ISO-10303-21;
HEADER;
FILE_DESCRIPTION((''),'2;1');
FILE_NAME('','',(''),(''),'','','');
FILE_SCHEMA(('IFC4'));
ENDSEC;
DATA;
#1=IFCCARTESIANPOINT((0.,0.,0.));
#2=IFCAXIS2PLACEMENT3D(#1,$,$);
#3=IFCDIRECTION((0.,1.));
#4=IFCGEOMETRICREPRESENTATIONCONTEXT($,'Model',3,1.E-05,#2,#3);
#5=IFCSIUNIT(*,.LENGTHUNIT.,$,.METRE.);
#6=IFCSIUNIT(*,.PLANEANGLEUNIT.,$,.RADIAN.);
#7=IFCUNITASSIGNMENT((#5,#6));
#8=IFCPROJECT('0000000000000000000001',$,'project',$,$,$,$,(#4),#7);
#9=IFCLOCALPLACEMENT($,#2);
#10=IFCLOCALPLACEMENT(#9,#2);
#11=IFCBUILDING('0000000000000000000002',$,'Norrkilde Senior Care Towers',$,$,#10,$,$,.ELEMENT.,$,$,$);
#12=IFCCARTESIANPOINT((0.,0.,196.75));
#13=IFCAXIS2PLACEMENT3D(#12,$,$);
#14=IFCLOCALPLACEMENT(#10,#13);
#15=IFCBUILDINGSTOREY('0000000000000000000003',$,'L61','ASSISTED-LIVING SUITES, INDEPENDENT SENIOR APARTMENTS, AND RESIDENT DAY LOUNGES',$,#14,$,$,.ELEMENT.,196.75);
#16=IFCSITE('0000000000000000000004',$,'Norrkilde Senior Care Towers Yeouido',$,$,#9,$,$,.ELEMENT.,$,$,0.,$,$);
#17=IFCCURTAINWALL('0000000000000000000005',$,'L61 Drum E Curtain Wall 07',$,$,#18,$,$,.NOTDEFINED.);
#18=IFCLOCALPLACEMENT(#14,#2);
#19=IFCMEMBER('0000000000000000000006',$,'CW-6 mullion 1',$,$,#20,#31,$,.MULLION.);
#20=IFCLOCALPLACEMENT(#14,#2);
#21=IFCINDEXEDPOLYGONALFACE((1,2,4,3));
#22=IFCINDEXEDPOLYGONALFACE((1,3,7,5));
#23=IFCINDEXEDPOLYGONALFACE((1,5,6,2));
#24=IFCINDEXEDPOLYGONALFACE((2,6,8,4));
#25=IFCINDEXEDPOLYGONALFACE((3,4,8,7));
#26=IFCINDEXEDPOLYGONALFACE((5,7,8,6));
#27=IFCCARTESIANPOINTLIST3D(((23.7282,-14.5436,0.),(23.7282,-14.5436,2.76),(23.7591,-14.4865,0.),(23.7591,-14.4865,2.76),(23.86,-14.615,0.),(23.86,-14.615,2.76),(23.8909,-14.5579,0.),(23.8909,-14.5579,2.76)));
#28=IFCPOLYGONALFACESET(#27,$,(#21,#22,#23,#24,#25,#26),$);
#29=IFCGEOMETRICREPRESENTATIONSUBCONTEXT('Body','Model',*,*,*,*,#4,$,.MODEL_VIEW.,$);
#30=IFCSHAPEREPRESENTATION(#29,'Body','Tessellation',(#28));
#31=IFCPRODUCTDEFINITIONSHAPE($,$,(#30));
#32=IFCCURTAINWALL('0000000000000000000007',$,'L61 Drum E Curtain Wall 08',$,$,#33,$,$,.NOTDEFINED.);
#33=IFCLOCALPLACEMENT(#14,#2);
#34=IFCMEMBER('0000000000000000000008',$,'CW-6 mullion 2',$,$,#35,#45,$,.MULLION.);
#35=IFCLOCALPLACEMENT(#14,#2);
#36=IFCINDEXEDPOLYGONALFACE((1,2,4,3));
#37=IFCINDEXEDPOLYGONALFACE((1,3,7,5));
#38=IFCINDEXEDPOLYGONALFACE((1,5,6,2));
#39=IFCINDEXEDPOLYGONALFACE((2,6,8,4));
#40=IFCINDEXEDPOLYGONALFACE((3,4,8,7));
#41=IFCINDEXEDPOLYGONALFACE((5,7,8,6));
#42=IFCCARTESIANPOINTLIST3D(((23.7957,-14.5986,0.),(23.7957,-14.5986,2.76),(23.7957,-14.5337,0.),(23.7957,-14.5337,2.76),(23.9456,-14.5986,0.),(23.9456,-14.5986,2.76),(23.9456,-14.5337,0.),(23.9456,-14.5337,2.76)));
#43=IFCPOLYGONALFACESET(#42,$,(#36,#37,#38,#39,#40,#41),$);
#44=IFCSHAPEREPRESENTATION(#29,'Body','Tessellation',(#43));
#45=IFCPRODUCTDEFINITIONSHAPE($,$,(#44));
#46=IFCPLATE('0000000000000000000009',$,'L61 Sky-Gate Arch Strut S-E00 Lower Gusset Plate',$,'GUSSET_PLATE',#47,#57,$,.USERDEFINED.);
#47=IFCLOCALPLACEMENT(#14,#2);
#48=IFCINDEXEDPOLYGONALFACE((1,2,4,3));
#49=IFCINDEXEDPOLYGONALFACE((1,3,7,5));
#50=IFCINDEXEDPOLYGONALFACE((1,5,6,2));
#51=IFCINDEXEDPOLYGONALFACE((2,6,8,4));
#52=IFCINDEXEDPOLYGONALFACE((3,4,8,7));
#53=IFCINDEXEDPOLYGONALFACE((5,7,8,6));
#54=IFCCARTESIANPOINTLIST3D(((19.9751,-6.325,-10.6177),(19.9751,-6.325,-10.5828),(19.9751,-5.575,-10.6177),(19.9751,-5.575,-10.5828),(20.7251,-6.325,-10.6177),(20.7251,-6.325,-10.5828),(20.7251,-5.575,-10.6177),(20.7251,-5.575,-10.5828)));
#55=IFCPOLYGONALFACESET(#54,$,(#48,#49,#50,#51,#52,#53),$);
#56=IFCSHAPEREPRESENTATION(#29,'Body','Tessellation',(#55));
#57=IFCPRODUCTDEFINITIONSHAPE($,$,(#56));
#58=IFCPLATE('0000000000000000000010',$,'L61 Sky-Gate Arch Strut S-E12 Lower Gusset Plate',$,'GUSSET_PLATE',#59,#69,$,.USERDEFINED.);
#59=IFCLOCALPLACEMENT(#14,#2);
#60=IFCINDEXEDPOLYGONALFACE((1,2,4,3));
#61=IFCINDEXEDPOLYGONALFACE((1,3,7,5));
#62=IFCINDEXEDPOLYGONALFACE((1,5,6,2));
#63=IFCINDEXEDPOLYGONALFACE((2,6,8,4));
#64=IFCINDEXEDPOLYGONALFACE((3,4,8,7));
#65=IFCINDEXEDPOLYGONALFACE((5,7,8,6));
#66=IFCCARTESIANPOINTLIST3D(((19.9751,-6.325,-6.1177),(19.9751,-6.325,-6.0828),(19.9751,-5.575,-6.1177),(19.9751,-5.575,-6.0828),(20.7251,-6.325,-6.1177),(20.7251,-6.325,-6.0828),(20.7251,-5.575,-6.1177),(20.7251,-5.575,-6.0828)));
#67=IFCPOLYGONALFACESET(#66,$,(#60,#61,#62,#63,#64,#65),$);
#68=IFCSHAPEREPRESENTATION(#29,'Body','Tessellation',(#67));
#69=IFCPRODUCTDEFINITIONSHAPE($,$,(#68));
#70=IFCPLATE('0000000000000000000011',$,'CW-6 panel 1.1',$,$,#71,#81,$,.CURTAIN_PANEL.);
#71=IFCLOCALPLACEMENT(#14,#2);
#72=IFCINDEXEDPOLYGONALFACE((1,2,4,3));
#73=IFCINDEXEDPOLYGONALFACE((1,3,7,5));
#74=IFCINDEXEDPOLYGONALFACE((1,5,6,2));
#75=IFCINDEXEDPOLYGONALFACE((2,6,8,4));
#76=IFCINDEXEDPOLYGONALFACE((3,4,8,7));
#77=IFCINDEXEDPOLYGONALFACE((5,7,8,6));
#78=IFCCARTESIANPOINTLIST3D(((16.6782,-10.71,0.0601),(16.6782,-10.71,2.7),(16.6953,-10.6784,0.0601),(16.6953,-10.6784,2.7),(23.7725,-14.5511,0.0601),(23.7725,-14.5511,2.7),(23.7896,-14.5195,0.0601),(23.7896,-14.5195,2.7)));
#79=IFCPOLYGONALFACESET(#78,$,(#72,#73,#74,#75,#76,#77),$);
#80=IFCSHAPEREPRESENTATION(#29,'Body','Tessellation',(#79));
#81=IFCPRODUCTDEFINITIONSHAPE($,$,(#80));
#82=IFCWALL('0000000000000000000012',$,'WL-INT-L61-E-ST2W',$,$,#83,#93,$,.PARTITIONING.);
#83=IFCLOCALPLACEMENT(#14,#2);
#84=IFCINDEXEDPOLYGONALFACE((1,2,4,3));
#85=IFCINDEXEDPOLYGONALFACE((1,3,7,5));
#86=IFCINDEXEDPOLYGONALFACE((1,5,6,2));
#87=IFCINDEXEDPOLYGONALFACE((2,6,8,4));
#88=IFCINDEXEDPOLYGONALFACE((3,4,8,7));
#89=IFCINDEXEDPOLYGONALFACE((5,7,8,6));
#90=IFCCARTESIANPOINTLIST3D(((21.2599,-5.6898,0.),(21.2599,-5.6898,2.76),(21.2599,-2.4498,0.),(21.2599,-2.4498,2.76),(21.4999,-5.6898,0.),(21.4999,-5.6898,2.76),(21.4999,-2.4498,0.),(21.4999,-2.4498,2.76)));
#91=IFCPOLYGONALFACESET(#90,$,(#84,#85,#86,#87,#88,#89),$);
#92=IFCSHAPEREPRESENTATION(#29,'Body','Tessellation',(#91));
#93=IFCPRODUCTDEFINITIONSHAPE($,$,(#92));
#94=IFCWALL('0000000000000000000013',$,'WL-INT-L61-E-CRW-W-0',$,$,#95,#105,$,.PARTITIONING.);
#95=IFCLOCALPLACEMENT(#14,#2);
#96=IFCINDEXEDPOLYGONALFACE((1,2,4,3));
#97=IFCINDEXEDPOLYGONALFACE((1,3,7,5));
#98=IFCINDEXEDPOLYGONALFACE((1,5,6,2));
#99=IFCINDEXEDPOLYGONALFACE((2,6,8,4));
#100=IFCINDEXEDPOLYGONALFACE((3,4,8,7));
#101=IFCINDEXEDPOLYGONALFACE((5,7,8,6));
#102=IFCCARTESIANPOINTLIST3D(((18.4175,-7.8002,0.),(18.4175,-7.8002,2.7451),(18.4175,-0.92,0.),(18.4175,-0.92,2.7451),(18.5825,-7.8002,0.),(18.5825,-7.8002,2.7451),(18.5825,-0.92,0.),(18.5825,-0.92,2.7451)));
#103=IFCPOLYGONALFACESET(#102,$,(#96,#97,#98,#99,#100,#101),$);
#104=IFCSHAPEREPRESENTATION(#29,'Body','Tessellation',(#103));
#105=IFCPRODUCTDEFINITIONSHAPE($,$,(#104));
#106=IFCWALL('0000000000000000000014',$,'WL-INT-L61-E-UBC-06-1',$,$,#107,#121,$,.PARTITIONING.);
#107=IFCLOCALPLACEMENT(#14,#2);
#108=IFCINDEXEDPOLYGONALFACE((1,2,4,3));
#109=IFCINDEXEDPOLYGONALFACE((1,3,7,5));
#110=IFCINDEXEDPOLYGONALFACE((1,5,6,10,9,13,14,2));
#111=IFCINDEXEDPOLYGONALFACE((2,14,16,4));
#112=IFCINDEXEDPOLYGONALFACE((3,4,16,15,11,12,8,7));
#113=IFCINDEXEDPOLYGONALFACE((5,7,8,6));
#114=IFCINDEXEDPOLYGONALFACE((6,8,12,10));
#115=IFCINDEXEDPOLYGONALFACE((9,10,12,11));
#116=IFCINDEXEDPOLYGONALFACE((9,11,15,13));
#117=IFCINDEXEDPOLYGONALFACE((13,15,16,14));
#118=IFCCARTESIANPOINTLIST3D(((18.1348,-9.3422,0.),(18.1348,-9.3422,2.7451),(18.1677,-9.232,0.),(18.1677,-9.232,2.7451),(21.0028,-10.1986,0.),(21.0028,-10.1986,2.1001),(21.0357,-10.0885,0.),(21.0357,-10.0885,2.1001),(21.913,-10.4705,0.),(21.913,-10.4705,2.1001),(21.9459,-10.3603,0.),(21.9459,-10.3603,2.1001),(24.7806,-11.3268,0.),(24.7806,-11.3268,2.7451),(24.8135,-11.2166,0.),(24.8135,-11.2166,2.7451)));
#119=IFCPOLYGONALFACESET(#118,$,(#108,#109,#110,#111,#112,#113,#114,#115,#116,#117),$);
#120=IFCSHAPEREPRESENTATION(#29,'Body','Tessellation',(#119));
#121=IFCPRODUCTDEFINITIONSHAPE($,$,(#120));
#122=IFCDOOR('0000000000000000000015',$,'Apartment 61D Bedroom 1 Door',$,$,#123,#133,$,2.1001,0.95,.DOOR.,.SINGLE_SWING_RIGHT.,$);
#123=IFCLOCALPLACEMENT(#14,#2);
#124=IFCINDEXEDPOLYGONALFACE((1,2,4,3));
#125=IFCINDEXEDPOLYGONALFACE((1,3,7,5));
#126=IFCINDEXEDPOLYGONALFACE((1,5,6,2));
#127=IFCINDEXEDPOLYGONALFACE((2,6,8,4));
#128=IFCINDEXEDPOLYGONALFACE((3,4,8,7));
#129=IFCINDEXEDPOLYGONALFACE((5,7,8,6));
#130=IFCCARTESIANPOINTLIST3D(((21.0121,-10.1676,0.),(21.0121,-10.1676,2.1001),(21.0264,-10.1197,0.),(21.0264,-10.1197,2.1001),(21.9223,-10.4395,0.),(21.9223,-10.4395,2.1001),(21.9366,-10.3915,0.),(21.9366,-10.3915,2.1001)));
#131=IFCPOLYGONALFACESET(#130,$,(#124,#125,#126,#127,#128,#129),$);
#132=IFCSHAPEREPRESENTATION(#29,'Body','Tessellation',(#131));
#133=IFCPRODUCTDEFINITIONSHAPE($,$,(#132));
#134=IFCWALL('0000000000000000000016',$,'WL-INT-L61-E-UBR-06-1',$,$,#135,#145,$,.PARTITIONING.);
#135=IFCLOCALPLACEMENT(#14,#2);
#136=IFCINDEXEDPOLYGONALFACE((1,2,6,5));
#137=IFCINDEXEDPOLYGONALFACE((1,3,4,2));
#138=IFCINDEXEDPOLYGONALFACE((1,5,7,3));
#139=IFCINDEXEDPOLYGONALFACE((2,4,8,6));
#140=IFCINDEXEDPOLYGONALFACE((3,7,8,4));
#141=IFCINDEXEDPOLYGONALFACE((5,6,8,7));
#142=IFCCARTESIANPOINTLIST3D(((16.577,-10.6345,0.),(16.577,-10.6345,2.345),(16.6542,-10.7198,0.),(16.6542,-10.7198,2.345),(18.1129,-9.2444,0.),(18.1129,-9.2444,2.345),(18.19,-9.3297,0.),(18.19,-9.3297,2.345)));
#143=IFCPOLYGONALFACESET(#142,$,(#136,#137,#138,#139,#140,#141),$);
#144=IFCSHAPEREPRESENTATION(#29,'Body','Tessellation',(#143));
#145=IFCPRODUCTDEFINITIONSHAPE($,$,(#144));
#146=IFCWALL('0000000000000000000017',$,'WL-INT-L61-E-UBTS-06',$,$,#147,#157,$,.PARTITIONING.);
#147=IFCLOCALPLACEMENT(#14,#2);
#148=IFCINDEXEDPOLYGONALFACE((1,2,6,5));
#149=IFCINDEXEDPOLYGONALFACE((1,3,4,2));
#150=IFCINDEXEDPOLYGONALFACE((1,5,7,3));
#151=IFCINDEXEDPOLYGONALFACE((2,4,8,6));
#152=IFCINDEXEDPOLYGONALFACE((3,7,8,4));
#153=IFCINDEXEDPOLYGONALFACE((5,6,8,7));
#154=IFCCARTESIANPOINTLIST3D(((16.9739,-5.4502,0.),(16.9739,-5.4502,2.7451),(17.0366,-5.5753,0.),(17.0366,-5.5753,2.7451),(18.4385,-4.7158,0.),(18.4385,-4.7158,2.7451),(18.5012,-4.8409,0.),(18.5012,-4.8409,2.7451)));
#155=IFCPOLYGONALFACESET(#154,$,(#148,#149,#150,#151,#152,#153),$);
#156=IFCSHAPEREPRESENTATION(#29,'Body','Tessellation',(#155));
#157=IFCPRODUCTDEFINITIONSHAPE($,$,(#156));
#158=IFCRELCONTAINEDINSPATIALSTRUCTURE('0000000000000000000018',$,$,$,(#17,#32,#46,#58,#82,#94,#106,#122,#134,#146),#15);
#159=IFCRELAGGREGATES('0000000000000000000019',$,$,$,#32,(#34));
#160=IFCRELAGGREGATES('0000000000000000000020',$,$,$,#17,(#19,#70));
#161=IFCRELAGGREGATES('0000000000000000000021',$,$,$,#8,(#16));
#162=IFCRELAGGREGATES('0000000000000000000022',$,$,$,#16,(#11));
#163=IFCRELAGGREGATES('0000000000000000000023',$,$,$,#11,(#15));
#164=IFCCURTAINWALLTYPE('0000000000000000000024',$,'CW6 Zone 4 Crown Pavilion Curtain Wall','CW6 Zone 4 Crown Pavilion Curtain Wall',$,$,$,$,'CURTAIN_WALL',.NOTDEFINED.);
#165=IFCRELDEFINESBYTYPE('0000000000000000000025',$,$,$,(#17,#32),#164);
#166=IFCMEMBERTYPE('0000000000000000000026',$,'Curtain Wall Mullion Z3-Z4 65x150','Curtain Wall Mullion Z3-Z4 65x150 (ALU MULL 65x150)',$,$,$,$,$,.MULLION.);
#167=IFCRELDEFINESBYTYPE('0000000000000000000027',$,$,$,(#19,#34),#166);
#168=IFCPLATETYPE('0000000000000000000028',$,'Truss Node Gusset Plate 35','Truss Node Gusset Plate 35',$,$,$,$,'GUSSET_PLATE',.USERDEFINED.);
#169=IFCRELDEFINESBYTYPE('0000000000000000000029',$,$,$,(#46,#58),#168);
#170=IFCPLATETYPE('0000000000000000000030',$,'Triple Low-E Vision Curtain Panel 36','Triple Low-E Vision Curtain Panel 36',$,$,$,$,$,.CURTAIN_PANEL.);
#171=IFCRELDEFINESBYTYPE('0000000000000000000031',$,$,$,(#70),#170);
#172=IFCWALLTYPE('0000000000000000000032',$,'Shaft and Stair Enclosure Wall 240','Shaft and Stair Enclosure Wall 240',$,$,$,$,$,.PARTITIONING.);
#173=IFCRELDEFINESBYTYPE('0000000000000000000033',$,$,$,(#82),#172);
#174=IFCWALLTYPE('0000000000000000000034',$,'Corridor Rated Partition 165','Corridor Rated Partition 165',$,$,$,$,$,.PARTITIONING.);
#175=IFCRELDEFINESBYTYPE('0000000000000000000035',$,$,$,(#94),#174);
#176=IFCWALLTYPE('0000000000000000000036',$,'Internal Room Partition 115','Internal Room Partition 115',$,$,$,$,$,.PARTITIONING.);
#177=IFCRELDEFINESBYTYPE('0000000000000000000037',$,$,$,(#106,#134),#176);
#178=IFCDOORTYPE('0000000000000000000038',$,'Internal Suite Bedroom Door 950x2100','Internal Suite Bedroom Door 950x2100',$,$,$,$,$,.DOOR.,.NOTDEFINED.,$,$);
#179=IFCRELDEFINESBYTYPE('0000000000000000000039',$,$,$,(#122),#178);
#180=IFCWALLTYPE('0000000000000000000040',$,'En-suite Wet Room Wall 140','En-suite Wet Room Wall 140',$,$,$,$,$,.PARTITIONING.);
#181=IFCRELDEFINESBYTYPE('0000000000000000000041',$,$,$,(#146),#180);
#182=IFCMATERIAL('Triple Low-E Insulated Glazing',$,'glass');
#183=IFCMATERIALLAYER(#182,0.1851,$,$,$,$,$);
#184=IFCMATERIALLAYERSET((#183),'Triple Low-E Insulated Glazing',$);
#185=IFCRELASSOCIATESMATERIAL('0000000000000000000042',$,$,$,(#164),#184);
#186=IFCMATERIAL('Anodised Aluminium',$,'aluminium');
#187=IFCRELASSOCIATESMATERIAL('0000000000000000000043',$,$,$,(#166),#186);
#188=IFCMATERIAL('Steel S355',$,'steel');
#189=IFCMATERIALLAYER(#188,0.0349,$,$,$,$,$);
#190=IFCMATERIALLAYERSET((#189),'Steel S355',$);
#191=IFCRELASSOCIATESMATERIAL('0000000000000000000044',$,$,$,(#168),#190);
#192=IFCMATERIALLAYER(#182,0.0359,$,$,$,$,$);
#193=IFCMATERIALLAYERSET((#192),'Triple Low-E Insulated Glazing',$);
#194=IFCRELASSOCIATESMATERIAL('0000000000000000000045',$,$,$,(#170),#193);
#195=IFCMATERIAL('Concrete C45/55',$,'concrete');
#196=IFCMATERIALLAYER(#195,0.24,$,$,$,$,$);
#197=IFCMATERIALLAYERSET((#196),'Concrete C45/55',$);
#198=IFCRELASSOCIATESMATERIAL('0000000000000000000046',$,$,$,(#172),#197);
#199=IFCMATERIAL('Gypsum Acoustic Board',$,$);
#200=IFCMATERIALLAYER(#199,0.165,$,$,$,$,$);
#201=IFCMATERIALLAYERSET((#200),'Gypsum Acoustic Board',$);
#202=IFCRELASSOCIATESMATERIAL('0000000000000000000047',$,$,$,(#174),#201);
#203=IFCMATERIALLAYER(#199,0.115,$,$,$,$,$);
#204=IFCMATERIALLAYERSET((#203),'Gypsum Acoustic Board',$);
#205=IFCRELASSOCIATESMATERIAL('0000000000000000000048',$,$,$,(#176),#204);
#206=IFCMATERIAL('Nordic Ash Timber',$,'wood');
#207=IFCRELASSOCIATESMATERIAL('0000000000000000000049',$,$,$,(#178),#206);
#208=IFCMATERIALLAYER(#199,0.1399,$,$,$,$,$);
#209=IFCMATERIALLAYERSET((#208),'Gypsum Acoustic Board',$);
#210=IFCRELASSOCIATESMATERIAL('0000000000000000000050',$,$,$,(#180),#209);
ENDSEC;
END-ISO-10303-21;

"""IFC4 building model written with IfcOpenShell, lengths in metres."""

from ifc_helpers import new_model, si_unit, direction, frame, frame_2d, origin, origin_2d, place, context, subcontext, project, spatial, rectangle, extrude, source, transform, mapped, material, layer, layer_set, material_profile, profile_set, type_object, type_shapes, element, fill, aggregate, save


model = new_model("IFC4")

# Units and contexts
model_context = context("Model", 3, precision=1e-05, world=origin(), true_north=direction((0.0, 1.0)))
body_context = subcontext(model_context, "Body", "Model", "MODEL_VIEW")
ifc_project = project(units=[si_unit("LENGTHUNIT", "METRE"), si_unit("PLANEANGLEUNIT", "RADIAN")], contexts=[model_context])

# Site, building, storey
site_placement = place(None, origin())
site = spatial("IfcSite", under=ifc_project, at=site_placement, Name="Norrkilde Senior Care Towers Yeouido", CompositionType="ELEMENT", RefElevation=0.0)
building_placement = place(site_placement, origin())
building = spatial("IfcBuilding", under=site, at=building_placement, Name="Norrkilde Senior Care Towers", CompositionType="ELEMENT")
storey_placement = place(building_placement, frame((0.0, 0.0, 196.75)))
storey = spatial("IfcBuildingStorey", under=building, at=storey_placement, Name="L61", Description="ASSISTED-LIVING SUITES, INDEPENDENT SENIOR APARTMENTS, AND RESIDENT DAY LOUNGES", CompositionType="ELEMENT", Elevation=196.75)

# Shared definitions
ifc_material_1 = material(Name="Steel S355", Category="steel")

# Curtain wall, member
ifc_material_2 = material(Name="Triple Low-E Insulated Glazing", Category="glass")
ifc_layer_1 = layer(ifc_material_2, 0.1851)
ifc_layer_set_1 = layer_set([ifc_layer_1], Name="Triple Low-E Insulated Glazing")
curtain_wall_type = type_object("IfcCurtainWallType", Name="CW6 Zone 4 Crown Pavilion Curtain Wall", Description="CW6 Zone 4 Crown Pavilion Curtain Wall", ElementType="CURTAIN_WALL", PredefinedType="NOTDEFINED", material=ifc_layer_set_1)
curtain_wall_1_placement = place(storey_placement, origin())
curtain_wall_1 = element("IfcCurtainWall", 1, at=curtain_wall_1_placement, inside=storey, type_object=curtain_wall_type, Name="L61 Drum E Curtain Wall 07", PredefinedType="NOTDEFINED")
ifc_material_3 = material(Name="Anodised Aluminium", Category="aluminium")
ifc_material_profile_1 = material_profile(ifc_material_3, rectangle(XDim=0.0649, YDim=0.1499, at=origin_2d()), Name="ALU MULL 65x150")
ifc_profile_set_1 = profile_set([ifc_material_profile_1], Name="Anodised Aluminium")
member_type_1 = type_object("IfcMemberType", Name="Curtain Wall Mullion Z3-Z4 65x150", Description="Curtain Wall Mullion Z3-Z4 65x150 (ALU MULL 65x150)", PredefinedType="MULLION", material=ifc_profile_set_1)
shared_shape_1 = source(origin(), body_context, "Body", "SweptSolid", [
    extrude(rectangle(XDim=0.0649, YDim=0.1499, at=origin_2d()), origin(), (0.0, 0.0, 1.0), 2.76),
])
type_shapes(member_type_1, [shared_shape_1])
member_1_placement = place(storey_placement, frame((23.8096, -14.5508, 0.0), z_axis=(0.0, 0.0, 1.0), x_axis=(-0.476133, -0.879373, 0.0)))
member_1 = element("IfcMember", 2, at=member_1_placement, type_object=member_type_1, Name="CW-6 mullion 1", PredefinedType="MULLION", context=body_context, shape_type="MappedRepresentation", body=[
    mapped(shared_shape_1, transform((0.0, 0.0, 0.0), x_axis=(1.0, 0.0, 0.0), y_axis=(0.0, 1.0, 0.0), z_axis=(0.0, 0.0, 1.0), scale=1.0)),
])

# Curtain wall, member
curtain_wall_2_placement = place(storey_placement, origin())
curtain_wall_2 = element("IfcCurtainWall", 3, at=curtain_wall_2_placement, inside=storey, type_object=curtain_wall_type, Name="L61 Drum E Curtain Wall 08", PredefinedType="NOTDEFINED")
member_2_placement = place(storey_placement, frame((23.8706, -14.5662, 0.0), z_axis=(0.0, 0.0, 1.0), x_axis=(0.0, -1.0, 0.0)))
member_2 = element("IfcMember", 4, at=member_2_placement, type_object=member_type_1, Name="CW-6 mullion 2", PredefinedType="MULLION", context=body_context, shape_type="MappedRepresentation", body=[
    mapped(shared_shape_1, transform((0.0, 0.0, 0.0), x_axis=(1.0, 0.0, 0.0), y_axis=(0.0, 1.0, 0.0), z_axis=(0.0, 0.0, 1.0), scale=1.0)),
])
aggregate(curtain_wall_2, [member_2])

# Plates
ifc_layer_2 = layer(ifc_material_1, 0.0349)
ifc_layer_set_2 = layer_set([ifc_layer_2], Name="Steel S355")
plate_type_1 = type_object("IfcPlateType", Name="Truss Node Gusset Plate 35", Description="Truss Node Gusset Plate 35", ElementType="GUSSET_PLATE", PredefinedType="USERDEFINED", material=ifc_layer_set_2)
shared_shape_2 = source(origin(), body_context, "Body", "SweptSolid", [
    extrude(rectangle(XDim=0.75, YDim=0.75, at=origin_2d()), origin(), (0.0, 0.0, 1.0), 0.0349),
])
type_shapes(plate_type_1, [shared_shape_2])
for number, where, z_axis, x_axis, name in (
    (5, (20.3501, -5.95, -10.6177), (0.0, 0.0, 1.0), (1.0, 0.0, 0.0), "L61 Sky-Gate Arch Strut S-E00 Lower Gusset Plate"),
    (6, (20.3501, -5.95, -6.1177), (0.0, 0.0, 1.0), (1.0, 0.0, 0.0), "L61 Sky-Gate Arch Strut S-E12 Lower Gusset Plate"),
):
    element("IfcPlate", number, at=place(storey_placement, frame(where, z_axis=z_axis, x_axis=x_axis)), inside=storey, type_object=plate_type_1, Name=name, ObjectType="GUSSET_PLATE", PredefinedType="USERDEFINED", context=body_context, shape_type="MappedRepresentation", body=[
        mapped(shared_shape_2, transform((0.0, 0.0, 0.0), x_axis=(1.0, 0.0, 0.0), y_axis=(0.0, 1.0, 0.0), z_axis=(0.0, 0.0, 1.0), scale=1.0)),
    ])

# Plate
ifc_layer_3 = layer(ifc_material_2, 0.0359)
ifc_layer_set_3 = layer_set([ifc_layer_3], Name="Triple Low-E Insulated Glazing")
plate_type_2 = type_object("IfcPlateType", Name="Triple Low-E Vision Curtain Panel 36", Description="Triple Low-E Vision Curtain Panel 36", PredefinedType="CURTAIN_PANEL", material=ifc_layer_set_3)
shared_shape_3 = source(origin(), body_context, "Body", "SweptSolid", [
    extrude(rectangle(XDim=8.0674, YDim=0.0359, at=origin_2d()), origin(), (0.0, 0.0, 1.0), 2.6399),
])
type_shapes(plate_type_2, [shared_shape_3])
plate_placement = place(storey_placement, frame((20.2339, -12.6147, 0.0601), z_axis=(0.0, 0.0, 1.0), x_axis=(-0.879373, 0.476133, 0.0)))
plate = element("IfcPlate", 7, at=plate_placement, type_object=plate_type_2, Name="CW-6 panel 1.1", PredefinedType="CURTAIN_PANEL", context=body_context, shape_type="MappedRepresentation", body=[
    mapped(shared_shape_3, transform((0.0, 0.0, 0.0), x_axis=(1.0, 0.0, 0.0), y_axis=(0.0, 1.0, 0.0), z_axis=(0.0, 0.0, 1.0), scale=1.0)),
])
aggregate(curtain_wall_1, [member_1, plate])

# Walls
ifc_material_4 = material(Name="Concrete C45/55", Category="concrete")
ifc_layer_4 = layer(ifc_material_4, 0.24)
ifc_layer_set_4 = layer_set([ifc_layer_4], Name="Concrete C45/55")
wall_type_1 = type_object("IfcWallType", Name="Shaft and Stair Enclosure Wall 240", Description="Shaft and Stair Enclosure Wall 240", PredefinedType="PARTITIONING", material=ifc_layer_set_4)
shared_shape_4 = source(origin(), body_context, "Body", "SweptSolid", [
    extrude(rectangle(XDim=3.24, YDim=0.24, at=frame_2d((1.6201, 0.0))), origin(), (0.0, 0.0, 1.0), 2.76),
])
type_shapes(wall_type_1, [shared_shape_4])
wall_1_placement = place(storey_placement, frame((21.3799, -5.6899, 0.0), z_axis=(0.0, 0.0, 1.0), x_axis=(0.0, 1.0, 0.0)))
element("IfcWall", 8, at=wall_1_placement, inside=storey, type_object=wall_type_1, Name="WL-INT-L61-E-ST2W", PredefinedType="PARTITIONING", context=body_context, shape_type="MappedRepresentation", body=[
    mapped(shared_shape_4, transform((0.0, 0.0, 0.0), x_axis=(1.0, 0.0, 0.0), y_axis=(0.0, 1.0, 0.0), z_axis=(0.0, 0.0, 1.0), scale=1.0)),
])
ifc_material_5 = material(Name="Gypsum Acoustic Board")
ifc_layer_5 = layer(ifc_material_5, 0.165)
ifc_layer_set_5 = layer_set([ifc_layer_5], Name="Gypsum Acoustic Board")
wall_type_2 = type_object("IfcWallType", Name="Corridor Rated Partition 165", Description="Corridor Rated Partition 165", PredefinedType="PARTITIONING", material=ifc_layer_set_5)
shared_shape_5 = source(origin(), body_context, "Body", "SweptSolid", [
    extrude(rectangle(XDim=6.8801, YDim=0.165, at=frame_2d((3.4399, 0.0))), origin(), (0.0, 0.0, 1.0), 2.7451),
])
type_shapes(wall_type_2, [shared_shape_5])
wall_2_placement = place(storey_placement, frame((18.5, -7.8, 0.0), z_axis=(0.0, 0.0, 1.0), x_axis=(0.0, 1.0, 0.0)))
element("IfcWall", 9, at=wall_2_placement, inside=storey, type_object=wall_type_2, Name="WL-INT-L61-E-CRW-W-0", PredefinedType="PARTITIONING", context=body_context, shape_type="MappedRepresentation", body=[
    mapped(shared_shape_5, transform((0.0, 0.0, 0.0), x_axis=(1.0, 0.0, 0.0), y_axis=(0.0, 1.0, 0.0), z_axis=(0.0, 0.0, 1.0), scale=1.0)),
])

# Wall, opening, door
ifc_layer_6 = layer(ifc_material_5, 0.115)
ifc_layer_set_6 = layer_set([ifc_layer_6], Name="Gypsum Acoustic Board")
wall_type_3 = type_object("IfcWallType", Name="Internal Room Partition 115", Description="Internal Room Partition 115", PredefinedType="PARTITIONING", material=ifc_layer_set_6)
shared_shape_6 = source(origin(), body_context, "Body", "SweptSolid", [
    extrude(rectangle(XDim=6.9358, YDim=0.115, at=frame_2d((3.4678, 0.0))), origin(), (0.0, 0.0, 1.0), 2.7451),
])
wall_3_placement = place(storey_placement, frame((18.1514, -9.2871, 0.0), z_axis=(0.0, 0.0, 1.0), x_axis=(0.958187, -0.286143, 0.0)))
wall_3 = element("IfcWall", 10, at=wall_3_placement, inside=storey, type_object=wall_type_3, Name="WL-INT-L61-E-UBC-06-1", PredefinedType="PARTITIONING", context=body_context, shape_type="MappedRepresentation", body=[
    mapped(shared_shape_6, transform((0.0, 0.0, 0.0), x_axis=(1.0, 0.0, 0.0), y_axis=(0.0, 1.0, 0.0), z_axis=(0.0, 0.0, 1.0), scale=1.0)),
])
opening_1_placement = place(wall_3_placement, frame((2.9929, 0.0, 0.0)))
opening_1 = element("IfcOpeningElement", 11, at=opening_1_placement, cuts=wall_3, PredefinedType="OPENING", context=body_context, shape_type="SweptSolid", body=[
    extrude(rectangle(XDim=0.95, YDim=2.1001, at=frame_2d((0.4751, 1.05))), frame((0.0, 0.0674, 0.0), z_axis=(0.0, -1.0, 0.0), x_axis=(1.0, 0.0, 0.0)), (0.0, 0.0, 1.0), 0.135),
])
ifc_material_6 = material(Name="Nordic Ash Timber", Category="wood")
door_type_1 = type_object("IfcDoorType", Name="Internal Suite Bedroom Door 950x2100", Description="Internal Suite Bedroom Door 950x2100", OperationType="NOTDEFINED", PredefinedType="DOOR", material=ifc_material_6)
shared_shape_7 = source(origin(), body_context, "Body", "SweptSolid", [
    extrude(rectangle(XDim=0.95, YDim=2.1001, at=frame_2d((0.4751, 1.05))), frame((0.0, 0.0249, 0.0), z_axis=(0.0, -1.0, 0.0), x_axis=(1.0, 0.0, 0.0)), (0.0, 0.0, 1.0), 0.05),
])
type_shapes(door_type_1, [shared_shape_7])
door_1_placement = place(opening_1_placement, origin())
door_1 = element("IfcDoor", 12, at=door_1_placement, inside=storey, type_object=door_type_1, Name="Apartment 61D Bedroom 1 Door", OperationType="SINGLE_SWING_RIGHT", OverallHeight=2.1001, OverallWidth=0.95, PredefinedType="DOOR", context=body_context, shape_type="MappedRepresentation", body=[
    mapped(shared_shape_7, transform((0.0, 0.0, 0.0), x_axis=(1.0, 0.0, 0.0), y_axis=(0.0, 1.0, 0.0), z_axis=(0.0, 0.0, 1.0), scale=1.0)),
])
fill(opening_1, door_1)

# Walls
shared_shape_8 = source(origin(), body_context, "Body", "SweptSolid", [
    extrude(rectangle(XDim=2.0715, YDim=0.115, at=frame_2d((1.0356, 0.0))), origin(), (0.0, 0.0, 1.0), 2.345),
])
type_shapes(wall_type_3, [shared_shape_6, shared_shape_8])
wall_4_placement = place(storey_placement, frame((18.1514, -9.2871, 0.0), z_axis=(0.0, 0.0, 1.0), x_axis=(-0.74141, -0.671052, 0.0)))
element("IfcWall", 13, at=wall_4_placement, inside=storey, type_object=wall_type_3, Name="WL-INT-L61-E-UBR-06-1", PredefinedType="PARTITIONING", context=body_context, shape_type="MappedRepresentation", body=[
    mapped(shared_shape_8, transform((0.0, 0.0, 0.0), x_axis=(1.0, 0.0, 0.0), y_axis=(0.0, 1.0, 0.0), z_axis=(0.0, 0.0, 1.0), scale=1.0)),
])
ifc_layer_7 = layer(ifc_material_5, 0.1399)
ifc_layer_set_7 = layer_set([ifc_layer_7], Name="Gypsum Acoustic Board")
wall_type_4 = type_object("IfcWallType", Name="En-suite Wet Room Wall 140", Description="En-suite Wet Room Wall 140", PredefinedType="PARTITIONING", material=ifc_layer_set_7)
shared_shape_9 = source(origin(), body_context, "Body", "SweptSolid", [
    extrude(rectangle(XDim=1.6384, YDim=0.1399, at=frame_2d((0.8193, 0.0))), origin(), (0.0, 0.0, 1.0), 2.7451),
])
type_shapes(wall_type_4, [shared_shape_9])
wall_5_placement = place(storey_placement, frame((18.47, -4.7783, 0.0), z_axis=(0.0, 0.0, 1.0), x_axis=(-0.89392, -0.448227, 0.0)))
element("IfcWall", 14, at=wall_5_placement, inside=storey, type_object=wall_type_4, Name="WL-INT-L61-E-UBTS-06", PredefinedType="PARTITIONING", context=body_context, shape_type="MappedRepresentation", body=[
    mapped(shared_shape_9, transform((0.0, 0.0, 0.0), x_axis=(1.0, 0.0, 0.0), y_axis=(0.0, 1.0, 0.0), z_axis=(0.0, 0.0, 1.0), scale=1.0)),
])

save(model, "model.ifc")
